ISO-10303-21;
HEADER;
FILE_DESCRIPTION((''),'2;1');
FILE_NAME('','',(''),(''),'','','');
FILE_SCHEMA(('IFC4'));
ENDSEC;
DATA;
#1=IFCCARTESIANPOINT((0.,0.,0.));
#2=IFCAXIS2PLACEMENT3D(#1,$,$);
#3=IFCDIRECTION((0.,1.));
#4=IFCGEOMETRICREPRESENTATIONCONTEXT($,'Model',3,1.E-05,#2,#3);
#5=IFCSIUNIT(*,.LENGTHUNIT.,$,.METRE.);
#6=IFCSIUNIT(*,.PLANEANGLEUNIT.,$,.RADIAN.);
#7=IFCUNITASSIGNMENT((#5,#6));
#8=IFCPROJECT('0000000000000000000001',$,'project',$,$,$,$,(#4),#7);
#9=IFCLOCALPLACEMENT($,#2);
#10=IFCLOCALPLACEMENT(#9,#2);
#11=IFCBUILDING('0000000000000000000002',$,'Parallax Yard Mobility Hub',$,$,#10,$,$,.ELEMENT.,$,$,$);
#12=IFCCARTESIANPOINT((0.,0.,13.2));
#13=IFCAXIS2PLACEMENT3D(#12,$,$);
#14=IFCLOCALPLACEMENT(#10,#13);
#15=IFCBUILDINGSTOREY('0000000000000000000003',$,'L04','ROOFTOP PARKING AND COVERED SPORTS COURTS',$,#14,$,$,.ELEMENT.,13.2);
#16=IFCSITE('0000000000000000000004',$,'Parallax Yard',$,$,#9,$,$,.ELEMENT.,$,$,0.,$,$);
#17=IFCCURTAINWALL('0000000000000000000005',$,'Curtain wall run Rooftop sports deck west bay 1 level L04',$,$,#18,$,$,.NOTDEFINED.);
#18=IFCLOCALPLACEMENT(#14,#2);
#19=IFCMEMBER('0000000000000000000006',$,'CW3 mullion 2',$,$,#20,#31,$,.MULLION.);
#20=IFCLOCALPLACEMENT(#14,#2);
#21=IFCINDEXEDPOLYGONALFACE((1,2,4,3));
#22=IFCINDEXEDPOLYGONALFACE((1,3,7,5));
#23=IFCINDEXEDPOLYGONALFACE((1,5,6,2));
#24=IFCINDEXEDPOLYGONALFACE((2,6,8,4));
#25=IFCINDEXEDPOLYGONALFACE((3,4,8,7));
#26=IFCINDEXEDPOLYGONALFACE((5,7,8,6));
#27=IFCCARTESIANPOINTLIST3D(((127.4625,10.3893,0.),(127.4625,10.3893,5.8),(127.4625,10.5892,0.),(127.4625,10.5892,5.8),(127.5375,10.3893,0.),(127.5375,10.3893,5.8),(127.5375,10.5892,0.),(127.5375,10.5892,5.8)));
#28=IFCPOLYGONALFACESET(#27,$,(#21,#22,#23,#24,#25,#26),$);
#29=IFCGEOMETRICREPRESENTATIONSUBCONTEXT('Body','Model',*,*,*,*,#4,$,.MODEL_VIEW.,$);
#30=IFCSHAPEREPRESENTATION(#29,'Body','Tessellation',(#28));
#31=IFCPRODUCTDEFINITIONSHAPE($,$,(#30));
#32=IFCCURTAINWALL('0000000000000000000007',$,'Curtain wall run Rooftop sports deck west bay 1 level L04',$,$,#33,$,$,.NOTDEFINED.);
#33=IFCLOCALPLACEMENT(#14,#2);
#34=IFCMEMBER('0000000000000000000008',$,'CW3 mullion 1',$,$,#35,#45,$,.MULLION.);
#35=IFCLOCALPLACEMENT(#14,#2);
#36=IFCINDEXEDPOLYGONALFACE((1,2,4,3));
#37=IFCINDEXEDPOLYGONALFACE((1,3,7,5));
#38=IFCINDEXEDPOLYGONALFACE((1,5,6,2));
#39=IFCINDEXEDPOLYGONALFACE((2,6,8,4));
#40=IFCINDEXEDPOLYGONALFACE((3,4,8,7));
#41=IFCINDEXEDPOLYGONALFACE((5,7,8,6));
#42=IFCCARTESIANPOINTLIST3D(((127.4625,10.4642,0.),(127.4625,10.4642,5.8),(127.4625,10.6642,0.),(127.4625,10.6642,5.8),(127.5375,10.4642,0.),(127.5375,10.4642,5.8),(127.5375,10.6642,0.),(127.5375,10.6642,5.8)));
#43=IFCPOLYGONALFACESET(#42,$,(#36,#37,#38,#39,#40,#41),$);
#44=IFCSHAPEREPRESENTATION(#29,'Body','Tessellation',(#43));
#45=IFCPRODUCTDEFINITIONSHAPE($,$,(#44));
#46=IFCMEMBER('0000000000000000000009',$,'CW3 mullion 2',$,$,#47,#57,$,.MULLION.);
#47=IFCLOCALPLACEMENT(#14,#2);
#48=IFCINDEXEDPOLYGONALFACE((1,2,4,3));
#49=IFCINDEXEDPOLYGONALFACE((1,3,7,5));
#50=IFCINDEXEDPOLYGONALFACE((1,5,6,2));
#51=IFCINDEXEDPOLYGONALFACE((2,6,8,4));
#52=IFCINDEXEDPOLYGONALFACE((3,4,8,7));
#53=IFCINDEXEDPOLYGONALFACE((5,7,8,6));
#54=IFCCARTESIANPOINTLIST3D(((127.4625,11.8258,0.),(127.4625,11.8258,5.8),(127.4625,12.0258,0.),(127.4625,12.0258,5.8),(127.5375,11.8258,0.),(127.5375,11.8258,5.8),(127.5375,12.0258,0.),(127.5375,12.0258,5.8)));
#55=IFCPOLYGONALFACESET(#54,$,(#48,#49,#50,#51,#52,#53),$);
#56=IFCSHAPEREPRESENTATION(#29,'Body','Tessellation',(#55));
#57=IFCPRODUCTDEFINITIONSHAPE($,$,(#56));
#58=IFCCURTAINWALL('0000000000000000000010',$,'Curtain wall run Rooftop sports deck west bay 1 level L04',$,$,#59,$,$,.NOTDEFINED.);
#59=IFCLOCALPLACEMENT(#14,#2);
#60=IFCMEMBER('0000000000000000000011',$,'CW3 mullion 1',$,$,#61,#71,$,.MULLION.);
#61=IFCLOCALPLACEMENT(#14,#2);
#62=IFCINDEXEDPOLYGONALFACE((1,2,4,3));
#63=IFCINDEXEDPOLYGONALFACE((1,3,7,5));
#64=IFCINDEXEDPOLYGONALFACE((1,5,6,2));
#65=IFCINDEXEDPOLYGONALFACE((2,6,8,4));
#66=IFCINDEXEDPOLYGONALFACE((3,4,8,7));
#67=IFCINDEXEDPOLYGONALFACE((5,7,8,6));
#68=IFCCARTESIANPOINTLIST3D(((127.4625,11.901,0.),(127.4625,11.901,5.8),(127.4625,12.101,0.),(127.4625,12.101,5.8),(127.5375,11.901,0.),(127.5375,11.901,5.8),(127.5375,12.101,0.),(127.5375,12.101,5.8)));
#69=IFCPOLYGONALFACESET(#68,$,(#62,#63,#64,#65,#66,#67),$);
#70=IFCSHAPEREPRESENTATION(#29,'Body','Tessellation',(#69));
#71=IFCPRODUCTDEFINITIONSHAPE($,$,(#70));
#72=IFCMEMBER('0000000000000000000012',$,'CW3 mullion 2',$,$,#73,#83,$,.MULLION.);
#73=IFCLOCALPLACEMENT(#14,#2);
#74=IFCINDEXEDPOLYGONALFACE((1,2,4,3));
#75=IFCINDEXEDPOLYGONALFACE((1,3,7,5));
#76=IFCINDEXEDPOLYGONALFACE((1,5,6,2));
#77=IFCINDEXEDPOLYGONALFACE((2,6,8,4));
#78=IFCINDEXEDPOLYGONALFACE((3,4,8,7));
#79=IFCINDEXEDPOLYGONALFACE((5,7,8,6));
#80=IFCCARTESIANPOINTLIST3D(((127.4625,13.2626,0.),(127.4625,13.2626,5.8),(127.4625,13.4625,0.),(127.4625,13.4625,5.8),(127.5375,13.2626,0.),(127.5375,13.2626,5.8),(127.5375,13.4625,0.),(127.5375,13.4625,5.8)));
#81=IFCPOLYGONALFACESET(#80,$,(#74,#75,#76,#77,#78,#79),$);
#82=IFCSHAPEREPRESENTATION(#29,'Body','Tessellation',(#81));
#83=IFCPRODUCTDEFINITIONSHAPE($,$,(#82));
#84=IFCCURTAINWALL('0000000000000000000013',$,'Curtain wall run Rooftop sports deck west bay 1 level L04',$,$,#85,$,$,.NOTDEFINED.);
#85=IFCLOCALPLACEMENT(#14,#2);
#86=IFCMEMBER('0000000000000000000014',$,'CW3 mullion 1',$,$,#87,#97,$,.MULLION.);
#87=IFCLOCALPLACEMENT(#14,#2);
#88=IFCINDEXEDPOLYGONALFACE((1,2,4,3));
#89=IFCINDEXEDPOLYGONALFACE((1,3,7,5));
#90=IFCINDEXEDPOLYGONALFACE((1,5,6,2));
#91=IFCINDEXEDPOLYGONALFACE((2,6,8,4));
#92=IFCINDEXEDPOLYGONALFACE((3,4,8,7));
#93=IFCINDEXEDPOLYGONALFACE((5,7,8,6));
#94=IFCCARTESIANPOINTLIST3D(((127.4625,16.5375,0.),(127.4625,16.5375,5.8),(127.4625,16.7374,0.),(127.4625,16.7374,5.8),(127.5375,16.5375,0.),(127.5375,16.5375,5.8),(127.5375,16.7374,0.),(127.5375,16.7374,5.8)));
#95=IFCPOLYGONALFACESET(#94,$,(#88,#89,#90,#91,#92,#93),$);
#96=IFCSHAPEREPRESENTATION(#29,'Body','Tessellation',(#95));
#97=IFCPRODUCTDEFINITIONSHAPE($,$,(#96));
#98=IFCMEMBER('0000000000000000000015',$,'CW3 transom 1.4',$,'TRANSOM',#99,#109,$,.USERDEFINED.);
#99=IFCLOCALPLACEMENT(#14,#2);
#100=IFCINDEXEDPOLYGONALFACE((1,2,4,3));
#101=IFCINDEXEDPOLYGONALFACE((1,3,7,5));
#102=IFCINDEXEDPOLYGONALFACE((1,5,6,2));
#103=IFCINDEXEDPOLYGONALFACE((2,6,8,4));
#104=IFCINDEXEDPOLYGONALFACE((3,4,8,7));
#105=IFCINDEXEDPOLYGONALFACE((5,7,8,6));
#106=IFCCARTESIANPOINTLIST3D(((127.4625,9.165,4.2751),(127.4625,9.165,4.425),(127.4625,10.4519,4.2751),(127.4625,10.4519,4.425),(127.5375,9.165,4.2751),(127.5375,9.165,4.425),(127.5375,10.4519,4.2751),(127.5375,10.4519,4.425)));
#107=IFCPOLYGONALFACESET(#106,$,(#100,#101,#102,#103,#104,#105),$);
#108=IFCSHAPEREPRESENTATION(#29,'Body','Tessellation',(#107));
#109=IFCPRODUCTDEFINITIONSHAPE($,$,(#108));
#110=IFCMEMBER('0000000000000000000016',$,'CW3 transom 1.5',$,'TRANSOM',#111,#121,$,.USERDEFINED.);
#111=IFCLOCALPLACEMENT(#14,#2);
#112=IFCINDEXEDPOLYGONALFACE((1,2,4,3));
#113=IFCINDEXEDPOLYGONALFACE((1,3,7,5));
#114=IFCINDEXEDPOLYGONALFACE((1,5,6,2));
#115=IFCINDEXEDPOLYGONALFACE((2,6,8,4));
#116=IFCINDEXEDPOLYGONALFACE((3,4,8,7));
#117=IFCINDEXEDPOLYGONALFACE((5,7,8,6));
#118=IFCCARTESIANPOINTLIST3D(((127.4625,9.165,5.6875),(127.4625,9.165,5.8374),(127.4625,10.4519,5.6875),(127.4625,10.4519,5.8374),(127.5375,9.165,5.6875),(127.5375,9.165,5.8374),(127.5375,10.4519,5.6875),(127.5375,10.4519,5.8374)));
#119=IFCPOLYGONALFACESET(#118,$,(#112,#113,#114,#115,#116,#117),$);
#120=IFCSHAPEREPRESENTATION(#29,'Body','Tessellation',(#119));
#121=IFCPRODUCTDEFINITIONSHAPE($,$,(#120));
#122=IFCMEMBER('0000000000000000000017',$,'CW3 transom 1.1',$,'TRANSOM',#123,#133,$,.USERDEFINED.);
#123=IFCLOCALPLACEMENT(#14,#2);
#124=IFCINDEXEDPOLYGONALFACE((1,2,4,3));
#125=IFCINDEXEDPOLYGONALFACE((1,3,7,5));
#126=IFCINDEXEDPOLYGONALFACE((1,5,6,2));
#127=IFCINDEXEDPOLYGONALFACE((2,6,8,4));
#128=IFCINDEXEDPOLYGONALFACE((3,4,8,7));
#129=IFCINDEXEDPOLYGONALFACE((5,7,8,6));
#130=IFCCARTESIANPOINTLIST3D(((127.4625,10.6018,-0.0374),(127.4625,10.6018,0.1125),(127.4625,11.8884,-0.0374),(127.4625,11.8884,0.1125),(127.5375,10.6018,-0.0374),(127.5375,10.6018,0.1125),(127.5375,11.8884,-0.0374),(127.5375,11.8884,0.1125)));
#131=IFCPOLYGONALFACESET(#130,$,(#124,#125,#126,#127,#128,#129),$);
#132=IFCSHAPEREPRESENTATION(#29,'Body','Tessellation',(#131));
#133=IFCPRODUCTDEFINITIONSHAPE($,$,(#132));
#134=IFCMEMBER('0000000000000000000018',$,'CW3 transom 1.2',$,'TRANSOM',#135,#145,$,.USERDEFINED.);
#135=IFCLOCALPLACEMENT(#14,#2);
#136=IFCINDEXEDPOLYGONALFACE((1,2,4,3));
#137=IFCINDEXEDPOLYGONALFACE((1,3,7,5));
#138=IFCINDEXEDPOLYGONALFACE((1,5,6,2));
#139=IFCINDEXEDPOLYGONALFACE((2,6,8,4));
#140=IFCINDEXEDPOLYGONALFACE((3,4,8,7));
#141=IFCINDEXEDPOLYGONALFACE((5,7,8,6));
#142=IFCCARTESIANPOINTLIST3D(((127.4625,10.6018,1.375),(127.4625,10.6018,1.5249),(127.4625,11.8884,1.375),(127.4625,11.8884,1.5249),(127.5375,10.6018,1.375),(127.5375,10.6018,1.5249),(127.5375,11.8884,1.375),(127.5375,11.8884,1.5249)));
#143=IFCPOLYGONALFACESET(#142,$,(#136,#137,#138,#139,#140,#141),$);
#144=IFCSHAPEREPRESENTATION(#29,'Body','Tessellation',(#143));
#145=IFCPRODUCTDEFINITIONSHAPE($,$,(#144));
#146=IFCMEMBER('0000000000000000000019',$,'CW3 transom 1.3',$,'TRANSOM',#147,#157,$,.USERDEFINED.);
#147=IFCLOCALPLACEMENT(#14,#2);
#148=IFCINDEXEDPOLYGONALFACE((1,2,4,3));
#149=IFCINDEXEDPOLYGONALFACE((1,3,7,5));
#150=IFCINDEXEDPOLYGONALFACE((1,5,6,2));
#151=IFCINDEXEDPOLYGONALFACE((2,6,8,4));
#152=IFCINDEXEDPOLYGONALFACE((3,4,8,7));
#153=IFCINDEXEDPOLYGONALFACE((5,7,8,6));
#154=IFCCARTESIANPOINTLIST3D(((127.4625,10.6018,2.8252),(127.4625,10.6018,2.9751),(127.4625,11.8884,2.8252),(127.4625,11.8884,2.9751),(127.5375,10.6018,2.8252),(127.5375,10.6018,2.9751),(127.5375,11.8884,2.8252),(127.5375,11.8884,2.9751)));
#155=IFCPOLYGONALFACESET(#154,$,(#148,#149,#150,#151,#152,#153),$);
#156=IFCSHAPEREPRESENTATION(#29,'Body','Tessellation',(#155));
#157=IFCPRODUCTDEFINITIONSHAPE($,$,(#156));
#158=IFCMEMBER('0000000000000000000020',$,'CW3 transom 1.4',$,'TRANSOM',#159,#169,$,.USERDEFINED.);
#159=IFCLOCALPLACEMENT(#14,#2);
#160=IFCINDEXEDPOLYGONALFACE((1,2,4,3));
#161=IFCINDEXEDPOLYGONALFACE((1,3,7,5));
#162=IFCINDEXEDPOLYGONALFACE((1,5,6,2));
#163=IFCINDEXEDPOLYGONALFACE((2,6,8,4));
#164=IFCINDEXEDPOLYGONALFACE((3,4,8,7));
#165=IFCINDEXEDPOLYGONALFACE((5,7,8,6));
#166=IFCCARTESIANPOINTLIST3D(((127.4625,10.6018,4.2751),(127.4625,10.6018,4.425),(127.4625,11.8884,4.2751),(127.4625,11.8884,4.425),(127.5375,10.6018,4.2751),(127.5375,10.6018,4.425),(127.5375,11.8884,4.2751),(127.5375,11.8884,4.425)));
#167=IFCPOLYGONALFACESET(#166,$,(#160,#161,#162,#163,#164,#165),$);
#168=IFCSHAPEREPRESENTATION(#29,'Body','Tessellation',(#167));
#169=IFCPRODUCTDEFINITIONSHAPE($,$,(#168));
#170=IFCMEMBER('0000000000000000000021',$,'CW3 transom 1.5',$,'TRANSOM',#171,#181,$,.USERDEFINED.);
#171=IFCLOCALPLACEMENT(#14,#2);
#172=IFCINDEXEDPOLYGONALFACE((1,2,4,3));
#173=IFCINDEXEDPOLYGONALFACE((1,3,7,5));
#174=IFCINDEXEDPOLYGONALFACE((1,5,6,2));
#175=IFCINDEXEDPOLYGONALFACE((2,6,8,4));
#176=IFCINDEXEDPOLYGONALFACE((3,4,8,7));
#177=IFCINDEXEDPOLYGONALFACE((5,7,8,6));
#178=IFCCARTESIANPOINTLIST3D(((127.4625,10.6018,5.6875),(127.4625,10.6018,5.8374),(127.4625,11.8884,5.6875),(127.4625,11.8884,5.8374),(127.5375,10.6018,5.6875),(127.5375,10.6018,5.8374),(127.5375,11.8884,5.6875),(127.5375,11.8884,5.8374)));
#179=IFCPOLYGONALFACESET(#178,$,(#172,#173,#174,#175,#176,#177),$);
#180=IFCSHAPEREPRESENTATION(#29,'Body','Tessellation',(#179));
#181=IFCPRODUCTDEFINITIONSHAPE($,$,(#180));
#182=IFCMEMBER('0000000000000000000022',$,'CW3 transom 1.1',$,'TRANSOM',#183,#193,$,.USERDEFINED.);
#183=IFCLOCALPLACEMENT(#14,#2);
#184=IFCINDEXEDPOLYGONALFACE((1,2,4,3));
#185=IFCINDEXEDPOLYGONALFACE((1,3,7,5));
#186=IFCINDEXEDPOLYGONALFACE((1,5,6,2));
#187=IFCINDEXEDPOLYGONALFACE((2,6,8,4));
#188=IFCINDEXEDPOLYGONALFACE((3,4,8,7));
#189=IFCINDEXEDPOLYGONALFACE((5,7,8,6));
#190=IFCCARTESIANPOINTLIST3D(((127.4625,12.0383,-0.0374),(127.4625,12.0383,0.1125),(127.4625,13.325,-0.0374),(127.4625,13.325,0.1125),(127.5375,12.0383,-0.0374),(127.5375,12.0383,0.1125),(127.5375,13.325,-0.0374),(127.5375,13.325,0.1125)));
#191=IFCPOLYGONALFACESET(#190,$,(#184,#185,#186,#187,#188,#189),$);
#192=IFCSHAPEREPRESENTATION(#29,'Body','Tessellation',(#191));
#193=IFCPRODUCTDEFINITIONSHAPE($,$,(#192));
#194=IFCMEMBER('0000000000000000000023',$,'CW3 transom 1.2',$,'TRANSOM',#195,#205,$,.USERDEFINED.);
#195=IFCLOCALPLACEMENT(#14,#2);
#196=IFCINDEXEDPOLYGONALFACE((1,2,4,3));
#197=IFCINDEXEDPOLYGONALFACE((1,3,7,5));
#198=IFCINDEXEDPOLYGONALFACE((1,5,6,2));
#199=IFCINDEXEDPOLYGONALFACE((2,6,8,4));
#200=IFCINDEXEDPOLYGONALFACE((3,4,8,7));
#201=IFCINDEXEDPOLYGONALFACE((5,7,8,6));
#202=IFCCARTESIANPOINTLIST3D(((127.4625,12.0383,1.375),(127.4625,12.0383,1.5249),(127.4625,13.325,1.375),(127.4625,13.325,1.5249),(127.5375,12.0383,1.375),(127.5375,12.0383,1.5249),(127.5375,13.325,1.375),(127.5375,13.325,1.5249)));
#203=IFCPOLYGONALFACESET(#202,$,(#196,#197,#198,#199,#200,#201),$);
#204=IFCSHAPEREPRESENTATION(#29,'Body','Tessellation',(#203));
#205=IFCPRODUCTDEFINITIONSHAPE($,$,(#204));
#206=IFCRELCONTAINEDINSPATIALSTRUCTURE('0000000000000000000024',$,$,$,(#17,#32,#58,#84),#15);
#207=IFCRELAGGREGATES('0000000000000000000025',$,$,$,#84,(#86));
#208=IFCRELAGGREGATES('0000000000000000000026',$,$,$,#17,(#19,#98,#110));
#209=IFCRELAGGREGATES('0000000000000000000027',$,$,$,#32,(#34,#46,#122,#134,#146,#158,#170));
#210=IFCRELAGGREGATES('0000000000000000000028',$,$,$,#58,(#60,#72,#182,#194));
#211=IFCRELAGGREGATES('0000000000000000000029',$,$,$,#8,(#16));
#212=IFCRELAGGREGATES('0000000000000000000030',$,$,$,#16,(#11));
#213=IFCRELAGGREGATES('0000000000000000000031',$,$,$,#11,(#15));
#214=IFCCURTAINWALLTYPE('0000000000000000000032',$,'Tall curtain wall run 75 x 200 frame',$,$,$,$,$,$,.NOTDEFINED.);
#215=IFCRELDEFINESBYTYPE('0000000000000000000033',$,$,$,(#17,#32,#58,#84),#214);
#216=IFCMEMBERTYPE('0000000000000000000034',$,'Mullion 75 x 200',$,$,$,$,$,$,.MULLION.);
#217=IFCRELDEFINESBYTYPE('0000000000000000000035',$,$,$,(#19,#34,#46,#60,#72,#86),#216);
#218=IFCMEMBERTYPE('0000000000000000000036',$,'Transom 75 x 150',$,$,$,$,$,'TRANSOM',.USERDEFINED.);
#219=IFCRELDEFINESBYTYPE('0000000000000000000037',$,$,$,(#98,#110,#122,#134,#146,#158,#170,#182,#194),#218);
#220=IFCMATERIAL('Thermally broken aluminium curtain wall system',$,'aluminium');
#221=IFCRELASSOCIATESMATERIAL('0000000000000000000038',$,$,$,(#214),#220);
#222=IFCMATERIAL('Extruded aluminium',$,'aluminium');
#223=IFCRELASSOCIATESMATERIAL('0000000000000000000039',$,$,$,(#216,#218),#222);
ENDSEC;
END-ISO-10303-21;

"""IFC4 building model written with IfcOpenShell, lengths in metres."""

from ifc_helpers import new_model, si_unit, direction, frame, origin, origin_2d, place, context, subcontext, project, spatial, rectangle, extrude, material, material_profile, profile_set, type_object, element, aggregate, save


model = new_model("IFC4")

# Units and contexts
model_context = context("Model", 3, precision=1e-05, world=origin(), true_north=direction((0.0, 1.0)))
body_context = subcontext(model_context, "Body", "Model", "MODEL_VIEW")
ifc_project = project(units=[si_unit("LENGTHUNIT", "METRE"), si_unit("PLANEANGLEUNIT", "RADIAN")], contexts=[model_context])

# Site, building, storey
site_placement = place(None, origin())
site = spatial("IfcSite", under=ifc_project, at=site_placement, Name="Parallax Yard", CompositionType="ELEMENT", RefElevation=0.0)
building_placement = place(site_placement, origin())
building = spatial("IfcBuilding", under=site, at=building_placement, Name="Parallax Yard Mobility Hub", CompositionType="ELEMENT")
storey_placement = place(building_placement, frame((0.0, 0.0, 13.2)))
storey = spatial("IfcBuildingStorey", under=building, at=storey_placement, Name="L04", Description="ROOFTOP PARKING AND COVERED SPORTS COURTS", CompositionType="ELEMENT", Elevation=13.2)

# Curtain wall, member
ifc_material_1 = material(Name="Thermally broken aluminium curtain wall system", Category="aluminium")
curtain_wall_type = type_object("IfcCurtainWallType", Name="Tall curtain wall run 75 x 200 frame", PredefinedType="NOTDEFINED", material=ifc_material_1)
curtain_wall_1_placement = place(storey_placement, origin())
curtain_wall_1 = element("IfcCurtainWall", 1, at=curtain_wall_1_placement, inside=storey, type_object=curtain_wall_type, Name="Curtain wall run Rooftop sports deck west bay 1 level L04", PredefinedType="NOTDEFINED")
ifc_material_2 = material(Name="Extruded aluminium", Category="aluminium")
ifc_material_profile_1 = material_profile(ifc_material_2, rectangle(XDim=0.075, YDim=0.2, at=origin_2d()), Name="Mullion 75 x 200")
ifc_profile_set_1 = profile_set([ifc_material_profile_1], Name="Extruded aluminium")
member_type_1 = type_object("IfcMemberType", Name="Mullion 75 x 200", PredefinedType="MULLION", material=ifc_profile_set_1)
member_1_placement = place(storey_placement, frame((127.5, 10.4893, 0.0), z_axis=(0.0, 0.0, 1.0), x_axis=(-1.0, 0.0, 0.0)))
member_1 = element("IfcMember", 2, at=member_1_placement, type_object=member_type_1, Name="CW3 mullion 2", PredefinedType="MULLION", context=body_context, shape_type="SweptSolid", body=[
    extrude(rectangle(XDim=0.075, YDim=0.2, at=origin_2d()), origin(), (0.0, 0.0, 1.0), 5.8),
])

# Curtain walls, members
curtain_wall_2_placement = place(storey_placement, origin())
curtain_wall_2 = element("IfcCurtainWall", 3, at=curtain_wall_2_placement, inside=storey, type_object=curtain_wall_type, Name="Curtain wall run Rooftop sports deck west bay 1 level L04", PredefinedType="NOTDEFINED")
member_2_placement = place(storey_placement, frame((127.5, 10.5642, 0.0), z_axis=(0.0, 0.0, 1.0), x_axis=(-1.0, 0.0, 0.0)))
member_2 = element("IfcMember", 4, at=member_2_placement, type_object=member_type_1, Name="CW3 mullion 1", PredefinedType="MULLION", context=body_context, shape_type="SweptSolid", body=[
    extrude(rectangle(XDim=0.075, YDim=0.2, at=origin_2d()), origin(), (0.0, 0.0, 1.0), 5.8),
])
member_3_placement = place(storey_placement, frame((127.5, 11.9258, 0.0), z_axis=(0.0, 0.0, 1.0), x_axis=(-1.0, 0.0, 0.0)))
member_3 = element("IfcMember", 5, at=member_3_placement, type_object=member_type_1, Name="CW3 mullion 2", PredefinedType="MULLION", context=body_context, shape_type="SweptSolid", body=[
    extrude(rectangle(XDim=0.075, YDim=0.2, at=origin_2d()), origin(), (0.0, 0.0, 1.0), 5.8),
])
curtain_wall_3_placement = place(storey_placement, origin())
curtain_wall_3 = element("IfcCurtainWall", 6, at=curtain_wall_3_placement, inside=storey, type_object=curtain_wall_type, Name="Curtain wall run Rooftop sports deck west bay 1 level L04", PredefinedType="NOTDEFINED")
member_4_placement = place(storey_placement, frame((127.5, 12.001, 0.0), z_axis=(0.0, 0.0, 1.0), x_axis=(-1.0, 0.0, 0.0)))
member_4 = element("IfcMember", 7, at=member_4_placement, type_object=member_type_1, Name="CW3 mullion 1", PredefinedType="MULLION", context=body_context, shape_type="SweptSolid", body=[
    extrude(rectangle(XDim=0.075, YDim=0.2, at=origin_2d()), origin(), (0.0, 0.0, 1.0), 5.8),
])
member_5_placement = place(storey_placement, frame((127.5, 13.3625, 0.0), z_axis=(0.0, 0.0, 1.0), x_axis=(-1.0, 0.0, 0.0)))
member_5 = element("IfcMember", 8, at=member_5_placement, type_object=member_type_1, Name="CW3 mullion 2", PredefinedType="MULLION", context=body_context, shape_type="SweptSolid", body=[
    extrude(rectangle(XDim=0.075, YDim=0.2, at=origin_2d()), origin(), (0.0, 0.0, 1.0), 5.8),
])

# Curtain wall, member
curtain_wall_4_placement = place(storey_placement, origin())
curtain_wall_4 = element("IfcCurtainWall", 9, at=curtain_wall_4_placement, inside=storey, type_object=curtain_wall_type, Name="Curtain wall run Rooftop sports deck west bay 1 level L04", PredefinedType="NOTDEFINED")
member_6_placement = place(storey_placement, frame((127.5, 16.6375, 0.0), z_axis=(0.0, 0.0, 1.0), x_axis=(-1.0, 0.0, 0.0)))
member_6 = element("IfcMember", 10, at=member_6_placement, type_object=member_type_1, Name="CW3 mullion 1", PredefinedType="MULLION", context=body_context, shape_type="SweptSolid", body=[
    extrude(rectangle(XDim=0.075, YDim=0.2, at=origin_2d()), origin(), (0.0, 0.0, 1.0), 5.8),
])

# Members
ifc_material_profile_2 = material_profile(ifc_material_2, rectangle(XDim=0.075, YDim=0.1499, at=origin_2d()), Name="Transom 75 x 150")
ifc_profile_set_2 = profile_set([ifc_material_profile_2], Name="Extruded aluminium")
member_type_2 = type_object("IfcMemberType", Name="Transom 75 x 150", ElementType="TRANSOM", PredefinedType="USERDEFINED", material=ifc_profile_set_2)
member_7_placement = place(storey_placement, frame((127.5, 9.165, 4.3501), z_axis=(0.0, 1.0, 0.0), x_axis=(-1.0, 0.0, 0.0)))
member_7 = element("IfcMember", 11, at=member_7_placement, type_object=member_type_2, Name="CW3 transom 1.4", ObjectType="TRANSOM", PredefinedType="USERDEFINED", context=body_context, shape_type="SweptSolid", body=[
    extrude(rectangle(XDim=0.075, YDim=0.1499, at=origin_2d()), origin(), (0.0, 0.0, 1.0), 1.2869),
])
member_8_placement = place(storey_placement, frame((127.5, 9.165, 5.7625), z_axis=(0.0, 1.0, 0.0), x_axis=(-1.0, 0.0, 0.0)))
member_8 = element("IfcMember", 12, at=member_8_placement, type_object=member_type_2, Name="CW3 transom 1.5", ObjectType="TRANSOM", PredefinedType="USERDEFINED", context=body_context, shape_type="SweptSolid", body=[
    extrude(rectangle(XDim=0.075, YDim=0.1499, at=origin_2d()), origin(), (0.0, 0.0, 1.0), 1.2869),
])
member_9_placement = place(storey_placement, frame((127.5, 10.6018, 0.0376), z_axis=(0.0, 1.0, 0.0), x_axis=(-1.0, 0.0, 0.0)))
member_9 = element("IfcMember", 13, at=member_9_placement, type_object=member_type_2, Name="CW3 transom 1.1", ObjectType="TRANSOM", PredefinedType="USERDEFINED", context=body_context, shape_type="SweptSolid", body=[
    extrude(rectangle(XDim=0.075, YDim=0.1499, at=origin_2d()), origin(), (0.0, 0.0, 1.0), 1.2866),
])
member_10_placement = place(storey_placement, frame((127.5, 10.6018, 1.45), z_axis=(0.0, 1.0, 0.0), x_axis=(-1.0, 0.0, 0.0)))
member_10 = element("IfcMember", 14, at=member_10_placement, type_object=member_type_2, Name="CW3 transom 1.2", ObjectType="TRANSOM", PredefinedType="USERDEFINED", context=body_context, shape_type="SweptSolid", body=[
    extrude(rectangle(XDim=0.075, YDim=0.1499, at=origin_2d()), origin(), (0.0, 0.0, 1.0), 1.2866),
])
member_11_placement = place(storey_placement, frame((127.5, 10.6018, 2.9001), z_axis=(0.0, 1.0, 0.0), x_axis=(-1.0, 0.0, 0.0)))
member_11 = element("IfcMember", 15, at=member_11_placement, type_object=member_type_2, Name="CW3 transom 1.3", ObjectType="TRANSOM", PredefinedType="USERDEFINED", context=body_context, shape_type="SweptSolid", body=[
    extrude(rectangle(XDim=0.075, YDim=0.1499, at=origin_2d()), origin(), (0.0, 0.0, 1.0), 1.2866),
])
member_12_placement = place(storey_placement, frame((127.5, 10.6018, 4.3501), z_axis=(0.0, 1.0, 0.0), x_axis=(-1.0, 0.0, 0.0)))
member_12 = element("IfcMember", 16, at=member_12_placement, type_object=member_type_2, Name="CW3 transom 1.4", ObjectType="TRANSOM", PredefinedType="USERDEFINED", context=body_context, shape_type="SweptSolid", body=[
    extrude(rectangle(XDim=0.075, YDim=0.1499, at=origin_2d()), origin(), (0.0, 0.0, 1.0), 1.2866),
])
member_13_placement = place(storey_placement, frame((127.5, 10.6018, 5.7625), z_axis=(0.0, 1.0, 0.0), x_axis=(-1.0, 0.0, 0.0)))
member_13 = element("IfcMember", 17, at=member_13_placement, type_object=member_type_2, Name="CW3 transom 1.5", ObjectType="TRANSOM", PredefinedType="USERDEFINED", context=body_context, shape_type="SweptSolid", body=[
    extrude(rectangle(XDim=0.075, YDim=0.1499, at=origin_2d()), origin(), (0.0, 0.0, 1.0), 1.2866),
])
member_14_placement = place(storey_placement, frame((127.5, 12.0383, 0.0376), z_axis=(0.0, 1.0, 0.0), x_axis=(-1.0, 0.0, 0.0)))
member_14 = element("IfcMember", 18, at=member_14_placement, type_object=member_type_2, Name="CW3 transom 1.1", ObjectType="TRANSOM", PredefinedType="USERDEFINED", context=body_context, shape_type="SweptSolid", body=[
    extrude(rectangle(XDim=0.075, YDim=0.1499, at=origin_2d()), origin(), (0.0, 0.0, 1.0), 1.2866),
])
member_15_placement = place(storey_placement, frame((127.5, 12.0383, 1.45), z_axis=(0.0, 1.0, 0.0), x_axis=(-1.0, 0.0, 0.0)))
member_15 = element("IfcMember", 19, at=member_15_placement, type_object=member_type_2, Name="CW3 transom 1.2", ObjectType="TRANSOM", PredefinedType="USERDEFINED", context=body_context, shape_type="SweptSolid", body=[
    extrude(rectangle(XDim=0.075, YDim=0.1499, at=origin_2d()), origin(), (0.0, 0.0, 1.0), 1.2866),
])
aggregate(curtain_wall_4, [member_6])

aggregate(curtain_wall_1, [member_1, member_7, member_8])
aggregate(curtain_wall_2, [member_2, member_3, member_9, member_10, member_11, member_12, member_13])
aggregate(curtain_wall_3, [member_4, member_5, member_14, member_15])

save(model, "model.ifc")
